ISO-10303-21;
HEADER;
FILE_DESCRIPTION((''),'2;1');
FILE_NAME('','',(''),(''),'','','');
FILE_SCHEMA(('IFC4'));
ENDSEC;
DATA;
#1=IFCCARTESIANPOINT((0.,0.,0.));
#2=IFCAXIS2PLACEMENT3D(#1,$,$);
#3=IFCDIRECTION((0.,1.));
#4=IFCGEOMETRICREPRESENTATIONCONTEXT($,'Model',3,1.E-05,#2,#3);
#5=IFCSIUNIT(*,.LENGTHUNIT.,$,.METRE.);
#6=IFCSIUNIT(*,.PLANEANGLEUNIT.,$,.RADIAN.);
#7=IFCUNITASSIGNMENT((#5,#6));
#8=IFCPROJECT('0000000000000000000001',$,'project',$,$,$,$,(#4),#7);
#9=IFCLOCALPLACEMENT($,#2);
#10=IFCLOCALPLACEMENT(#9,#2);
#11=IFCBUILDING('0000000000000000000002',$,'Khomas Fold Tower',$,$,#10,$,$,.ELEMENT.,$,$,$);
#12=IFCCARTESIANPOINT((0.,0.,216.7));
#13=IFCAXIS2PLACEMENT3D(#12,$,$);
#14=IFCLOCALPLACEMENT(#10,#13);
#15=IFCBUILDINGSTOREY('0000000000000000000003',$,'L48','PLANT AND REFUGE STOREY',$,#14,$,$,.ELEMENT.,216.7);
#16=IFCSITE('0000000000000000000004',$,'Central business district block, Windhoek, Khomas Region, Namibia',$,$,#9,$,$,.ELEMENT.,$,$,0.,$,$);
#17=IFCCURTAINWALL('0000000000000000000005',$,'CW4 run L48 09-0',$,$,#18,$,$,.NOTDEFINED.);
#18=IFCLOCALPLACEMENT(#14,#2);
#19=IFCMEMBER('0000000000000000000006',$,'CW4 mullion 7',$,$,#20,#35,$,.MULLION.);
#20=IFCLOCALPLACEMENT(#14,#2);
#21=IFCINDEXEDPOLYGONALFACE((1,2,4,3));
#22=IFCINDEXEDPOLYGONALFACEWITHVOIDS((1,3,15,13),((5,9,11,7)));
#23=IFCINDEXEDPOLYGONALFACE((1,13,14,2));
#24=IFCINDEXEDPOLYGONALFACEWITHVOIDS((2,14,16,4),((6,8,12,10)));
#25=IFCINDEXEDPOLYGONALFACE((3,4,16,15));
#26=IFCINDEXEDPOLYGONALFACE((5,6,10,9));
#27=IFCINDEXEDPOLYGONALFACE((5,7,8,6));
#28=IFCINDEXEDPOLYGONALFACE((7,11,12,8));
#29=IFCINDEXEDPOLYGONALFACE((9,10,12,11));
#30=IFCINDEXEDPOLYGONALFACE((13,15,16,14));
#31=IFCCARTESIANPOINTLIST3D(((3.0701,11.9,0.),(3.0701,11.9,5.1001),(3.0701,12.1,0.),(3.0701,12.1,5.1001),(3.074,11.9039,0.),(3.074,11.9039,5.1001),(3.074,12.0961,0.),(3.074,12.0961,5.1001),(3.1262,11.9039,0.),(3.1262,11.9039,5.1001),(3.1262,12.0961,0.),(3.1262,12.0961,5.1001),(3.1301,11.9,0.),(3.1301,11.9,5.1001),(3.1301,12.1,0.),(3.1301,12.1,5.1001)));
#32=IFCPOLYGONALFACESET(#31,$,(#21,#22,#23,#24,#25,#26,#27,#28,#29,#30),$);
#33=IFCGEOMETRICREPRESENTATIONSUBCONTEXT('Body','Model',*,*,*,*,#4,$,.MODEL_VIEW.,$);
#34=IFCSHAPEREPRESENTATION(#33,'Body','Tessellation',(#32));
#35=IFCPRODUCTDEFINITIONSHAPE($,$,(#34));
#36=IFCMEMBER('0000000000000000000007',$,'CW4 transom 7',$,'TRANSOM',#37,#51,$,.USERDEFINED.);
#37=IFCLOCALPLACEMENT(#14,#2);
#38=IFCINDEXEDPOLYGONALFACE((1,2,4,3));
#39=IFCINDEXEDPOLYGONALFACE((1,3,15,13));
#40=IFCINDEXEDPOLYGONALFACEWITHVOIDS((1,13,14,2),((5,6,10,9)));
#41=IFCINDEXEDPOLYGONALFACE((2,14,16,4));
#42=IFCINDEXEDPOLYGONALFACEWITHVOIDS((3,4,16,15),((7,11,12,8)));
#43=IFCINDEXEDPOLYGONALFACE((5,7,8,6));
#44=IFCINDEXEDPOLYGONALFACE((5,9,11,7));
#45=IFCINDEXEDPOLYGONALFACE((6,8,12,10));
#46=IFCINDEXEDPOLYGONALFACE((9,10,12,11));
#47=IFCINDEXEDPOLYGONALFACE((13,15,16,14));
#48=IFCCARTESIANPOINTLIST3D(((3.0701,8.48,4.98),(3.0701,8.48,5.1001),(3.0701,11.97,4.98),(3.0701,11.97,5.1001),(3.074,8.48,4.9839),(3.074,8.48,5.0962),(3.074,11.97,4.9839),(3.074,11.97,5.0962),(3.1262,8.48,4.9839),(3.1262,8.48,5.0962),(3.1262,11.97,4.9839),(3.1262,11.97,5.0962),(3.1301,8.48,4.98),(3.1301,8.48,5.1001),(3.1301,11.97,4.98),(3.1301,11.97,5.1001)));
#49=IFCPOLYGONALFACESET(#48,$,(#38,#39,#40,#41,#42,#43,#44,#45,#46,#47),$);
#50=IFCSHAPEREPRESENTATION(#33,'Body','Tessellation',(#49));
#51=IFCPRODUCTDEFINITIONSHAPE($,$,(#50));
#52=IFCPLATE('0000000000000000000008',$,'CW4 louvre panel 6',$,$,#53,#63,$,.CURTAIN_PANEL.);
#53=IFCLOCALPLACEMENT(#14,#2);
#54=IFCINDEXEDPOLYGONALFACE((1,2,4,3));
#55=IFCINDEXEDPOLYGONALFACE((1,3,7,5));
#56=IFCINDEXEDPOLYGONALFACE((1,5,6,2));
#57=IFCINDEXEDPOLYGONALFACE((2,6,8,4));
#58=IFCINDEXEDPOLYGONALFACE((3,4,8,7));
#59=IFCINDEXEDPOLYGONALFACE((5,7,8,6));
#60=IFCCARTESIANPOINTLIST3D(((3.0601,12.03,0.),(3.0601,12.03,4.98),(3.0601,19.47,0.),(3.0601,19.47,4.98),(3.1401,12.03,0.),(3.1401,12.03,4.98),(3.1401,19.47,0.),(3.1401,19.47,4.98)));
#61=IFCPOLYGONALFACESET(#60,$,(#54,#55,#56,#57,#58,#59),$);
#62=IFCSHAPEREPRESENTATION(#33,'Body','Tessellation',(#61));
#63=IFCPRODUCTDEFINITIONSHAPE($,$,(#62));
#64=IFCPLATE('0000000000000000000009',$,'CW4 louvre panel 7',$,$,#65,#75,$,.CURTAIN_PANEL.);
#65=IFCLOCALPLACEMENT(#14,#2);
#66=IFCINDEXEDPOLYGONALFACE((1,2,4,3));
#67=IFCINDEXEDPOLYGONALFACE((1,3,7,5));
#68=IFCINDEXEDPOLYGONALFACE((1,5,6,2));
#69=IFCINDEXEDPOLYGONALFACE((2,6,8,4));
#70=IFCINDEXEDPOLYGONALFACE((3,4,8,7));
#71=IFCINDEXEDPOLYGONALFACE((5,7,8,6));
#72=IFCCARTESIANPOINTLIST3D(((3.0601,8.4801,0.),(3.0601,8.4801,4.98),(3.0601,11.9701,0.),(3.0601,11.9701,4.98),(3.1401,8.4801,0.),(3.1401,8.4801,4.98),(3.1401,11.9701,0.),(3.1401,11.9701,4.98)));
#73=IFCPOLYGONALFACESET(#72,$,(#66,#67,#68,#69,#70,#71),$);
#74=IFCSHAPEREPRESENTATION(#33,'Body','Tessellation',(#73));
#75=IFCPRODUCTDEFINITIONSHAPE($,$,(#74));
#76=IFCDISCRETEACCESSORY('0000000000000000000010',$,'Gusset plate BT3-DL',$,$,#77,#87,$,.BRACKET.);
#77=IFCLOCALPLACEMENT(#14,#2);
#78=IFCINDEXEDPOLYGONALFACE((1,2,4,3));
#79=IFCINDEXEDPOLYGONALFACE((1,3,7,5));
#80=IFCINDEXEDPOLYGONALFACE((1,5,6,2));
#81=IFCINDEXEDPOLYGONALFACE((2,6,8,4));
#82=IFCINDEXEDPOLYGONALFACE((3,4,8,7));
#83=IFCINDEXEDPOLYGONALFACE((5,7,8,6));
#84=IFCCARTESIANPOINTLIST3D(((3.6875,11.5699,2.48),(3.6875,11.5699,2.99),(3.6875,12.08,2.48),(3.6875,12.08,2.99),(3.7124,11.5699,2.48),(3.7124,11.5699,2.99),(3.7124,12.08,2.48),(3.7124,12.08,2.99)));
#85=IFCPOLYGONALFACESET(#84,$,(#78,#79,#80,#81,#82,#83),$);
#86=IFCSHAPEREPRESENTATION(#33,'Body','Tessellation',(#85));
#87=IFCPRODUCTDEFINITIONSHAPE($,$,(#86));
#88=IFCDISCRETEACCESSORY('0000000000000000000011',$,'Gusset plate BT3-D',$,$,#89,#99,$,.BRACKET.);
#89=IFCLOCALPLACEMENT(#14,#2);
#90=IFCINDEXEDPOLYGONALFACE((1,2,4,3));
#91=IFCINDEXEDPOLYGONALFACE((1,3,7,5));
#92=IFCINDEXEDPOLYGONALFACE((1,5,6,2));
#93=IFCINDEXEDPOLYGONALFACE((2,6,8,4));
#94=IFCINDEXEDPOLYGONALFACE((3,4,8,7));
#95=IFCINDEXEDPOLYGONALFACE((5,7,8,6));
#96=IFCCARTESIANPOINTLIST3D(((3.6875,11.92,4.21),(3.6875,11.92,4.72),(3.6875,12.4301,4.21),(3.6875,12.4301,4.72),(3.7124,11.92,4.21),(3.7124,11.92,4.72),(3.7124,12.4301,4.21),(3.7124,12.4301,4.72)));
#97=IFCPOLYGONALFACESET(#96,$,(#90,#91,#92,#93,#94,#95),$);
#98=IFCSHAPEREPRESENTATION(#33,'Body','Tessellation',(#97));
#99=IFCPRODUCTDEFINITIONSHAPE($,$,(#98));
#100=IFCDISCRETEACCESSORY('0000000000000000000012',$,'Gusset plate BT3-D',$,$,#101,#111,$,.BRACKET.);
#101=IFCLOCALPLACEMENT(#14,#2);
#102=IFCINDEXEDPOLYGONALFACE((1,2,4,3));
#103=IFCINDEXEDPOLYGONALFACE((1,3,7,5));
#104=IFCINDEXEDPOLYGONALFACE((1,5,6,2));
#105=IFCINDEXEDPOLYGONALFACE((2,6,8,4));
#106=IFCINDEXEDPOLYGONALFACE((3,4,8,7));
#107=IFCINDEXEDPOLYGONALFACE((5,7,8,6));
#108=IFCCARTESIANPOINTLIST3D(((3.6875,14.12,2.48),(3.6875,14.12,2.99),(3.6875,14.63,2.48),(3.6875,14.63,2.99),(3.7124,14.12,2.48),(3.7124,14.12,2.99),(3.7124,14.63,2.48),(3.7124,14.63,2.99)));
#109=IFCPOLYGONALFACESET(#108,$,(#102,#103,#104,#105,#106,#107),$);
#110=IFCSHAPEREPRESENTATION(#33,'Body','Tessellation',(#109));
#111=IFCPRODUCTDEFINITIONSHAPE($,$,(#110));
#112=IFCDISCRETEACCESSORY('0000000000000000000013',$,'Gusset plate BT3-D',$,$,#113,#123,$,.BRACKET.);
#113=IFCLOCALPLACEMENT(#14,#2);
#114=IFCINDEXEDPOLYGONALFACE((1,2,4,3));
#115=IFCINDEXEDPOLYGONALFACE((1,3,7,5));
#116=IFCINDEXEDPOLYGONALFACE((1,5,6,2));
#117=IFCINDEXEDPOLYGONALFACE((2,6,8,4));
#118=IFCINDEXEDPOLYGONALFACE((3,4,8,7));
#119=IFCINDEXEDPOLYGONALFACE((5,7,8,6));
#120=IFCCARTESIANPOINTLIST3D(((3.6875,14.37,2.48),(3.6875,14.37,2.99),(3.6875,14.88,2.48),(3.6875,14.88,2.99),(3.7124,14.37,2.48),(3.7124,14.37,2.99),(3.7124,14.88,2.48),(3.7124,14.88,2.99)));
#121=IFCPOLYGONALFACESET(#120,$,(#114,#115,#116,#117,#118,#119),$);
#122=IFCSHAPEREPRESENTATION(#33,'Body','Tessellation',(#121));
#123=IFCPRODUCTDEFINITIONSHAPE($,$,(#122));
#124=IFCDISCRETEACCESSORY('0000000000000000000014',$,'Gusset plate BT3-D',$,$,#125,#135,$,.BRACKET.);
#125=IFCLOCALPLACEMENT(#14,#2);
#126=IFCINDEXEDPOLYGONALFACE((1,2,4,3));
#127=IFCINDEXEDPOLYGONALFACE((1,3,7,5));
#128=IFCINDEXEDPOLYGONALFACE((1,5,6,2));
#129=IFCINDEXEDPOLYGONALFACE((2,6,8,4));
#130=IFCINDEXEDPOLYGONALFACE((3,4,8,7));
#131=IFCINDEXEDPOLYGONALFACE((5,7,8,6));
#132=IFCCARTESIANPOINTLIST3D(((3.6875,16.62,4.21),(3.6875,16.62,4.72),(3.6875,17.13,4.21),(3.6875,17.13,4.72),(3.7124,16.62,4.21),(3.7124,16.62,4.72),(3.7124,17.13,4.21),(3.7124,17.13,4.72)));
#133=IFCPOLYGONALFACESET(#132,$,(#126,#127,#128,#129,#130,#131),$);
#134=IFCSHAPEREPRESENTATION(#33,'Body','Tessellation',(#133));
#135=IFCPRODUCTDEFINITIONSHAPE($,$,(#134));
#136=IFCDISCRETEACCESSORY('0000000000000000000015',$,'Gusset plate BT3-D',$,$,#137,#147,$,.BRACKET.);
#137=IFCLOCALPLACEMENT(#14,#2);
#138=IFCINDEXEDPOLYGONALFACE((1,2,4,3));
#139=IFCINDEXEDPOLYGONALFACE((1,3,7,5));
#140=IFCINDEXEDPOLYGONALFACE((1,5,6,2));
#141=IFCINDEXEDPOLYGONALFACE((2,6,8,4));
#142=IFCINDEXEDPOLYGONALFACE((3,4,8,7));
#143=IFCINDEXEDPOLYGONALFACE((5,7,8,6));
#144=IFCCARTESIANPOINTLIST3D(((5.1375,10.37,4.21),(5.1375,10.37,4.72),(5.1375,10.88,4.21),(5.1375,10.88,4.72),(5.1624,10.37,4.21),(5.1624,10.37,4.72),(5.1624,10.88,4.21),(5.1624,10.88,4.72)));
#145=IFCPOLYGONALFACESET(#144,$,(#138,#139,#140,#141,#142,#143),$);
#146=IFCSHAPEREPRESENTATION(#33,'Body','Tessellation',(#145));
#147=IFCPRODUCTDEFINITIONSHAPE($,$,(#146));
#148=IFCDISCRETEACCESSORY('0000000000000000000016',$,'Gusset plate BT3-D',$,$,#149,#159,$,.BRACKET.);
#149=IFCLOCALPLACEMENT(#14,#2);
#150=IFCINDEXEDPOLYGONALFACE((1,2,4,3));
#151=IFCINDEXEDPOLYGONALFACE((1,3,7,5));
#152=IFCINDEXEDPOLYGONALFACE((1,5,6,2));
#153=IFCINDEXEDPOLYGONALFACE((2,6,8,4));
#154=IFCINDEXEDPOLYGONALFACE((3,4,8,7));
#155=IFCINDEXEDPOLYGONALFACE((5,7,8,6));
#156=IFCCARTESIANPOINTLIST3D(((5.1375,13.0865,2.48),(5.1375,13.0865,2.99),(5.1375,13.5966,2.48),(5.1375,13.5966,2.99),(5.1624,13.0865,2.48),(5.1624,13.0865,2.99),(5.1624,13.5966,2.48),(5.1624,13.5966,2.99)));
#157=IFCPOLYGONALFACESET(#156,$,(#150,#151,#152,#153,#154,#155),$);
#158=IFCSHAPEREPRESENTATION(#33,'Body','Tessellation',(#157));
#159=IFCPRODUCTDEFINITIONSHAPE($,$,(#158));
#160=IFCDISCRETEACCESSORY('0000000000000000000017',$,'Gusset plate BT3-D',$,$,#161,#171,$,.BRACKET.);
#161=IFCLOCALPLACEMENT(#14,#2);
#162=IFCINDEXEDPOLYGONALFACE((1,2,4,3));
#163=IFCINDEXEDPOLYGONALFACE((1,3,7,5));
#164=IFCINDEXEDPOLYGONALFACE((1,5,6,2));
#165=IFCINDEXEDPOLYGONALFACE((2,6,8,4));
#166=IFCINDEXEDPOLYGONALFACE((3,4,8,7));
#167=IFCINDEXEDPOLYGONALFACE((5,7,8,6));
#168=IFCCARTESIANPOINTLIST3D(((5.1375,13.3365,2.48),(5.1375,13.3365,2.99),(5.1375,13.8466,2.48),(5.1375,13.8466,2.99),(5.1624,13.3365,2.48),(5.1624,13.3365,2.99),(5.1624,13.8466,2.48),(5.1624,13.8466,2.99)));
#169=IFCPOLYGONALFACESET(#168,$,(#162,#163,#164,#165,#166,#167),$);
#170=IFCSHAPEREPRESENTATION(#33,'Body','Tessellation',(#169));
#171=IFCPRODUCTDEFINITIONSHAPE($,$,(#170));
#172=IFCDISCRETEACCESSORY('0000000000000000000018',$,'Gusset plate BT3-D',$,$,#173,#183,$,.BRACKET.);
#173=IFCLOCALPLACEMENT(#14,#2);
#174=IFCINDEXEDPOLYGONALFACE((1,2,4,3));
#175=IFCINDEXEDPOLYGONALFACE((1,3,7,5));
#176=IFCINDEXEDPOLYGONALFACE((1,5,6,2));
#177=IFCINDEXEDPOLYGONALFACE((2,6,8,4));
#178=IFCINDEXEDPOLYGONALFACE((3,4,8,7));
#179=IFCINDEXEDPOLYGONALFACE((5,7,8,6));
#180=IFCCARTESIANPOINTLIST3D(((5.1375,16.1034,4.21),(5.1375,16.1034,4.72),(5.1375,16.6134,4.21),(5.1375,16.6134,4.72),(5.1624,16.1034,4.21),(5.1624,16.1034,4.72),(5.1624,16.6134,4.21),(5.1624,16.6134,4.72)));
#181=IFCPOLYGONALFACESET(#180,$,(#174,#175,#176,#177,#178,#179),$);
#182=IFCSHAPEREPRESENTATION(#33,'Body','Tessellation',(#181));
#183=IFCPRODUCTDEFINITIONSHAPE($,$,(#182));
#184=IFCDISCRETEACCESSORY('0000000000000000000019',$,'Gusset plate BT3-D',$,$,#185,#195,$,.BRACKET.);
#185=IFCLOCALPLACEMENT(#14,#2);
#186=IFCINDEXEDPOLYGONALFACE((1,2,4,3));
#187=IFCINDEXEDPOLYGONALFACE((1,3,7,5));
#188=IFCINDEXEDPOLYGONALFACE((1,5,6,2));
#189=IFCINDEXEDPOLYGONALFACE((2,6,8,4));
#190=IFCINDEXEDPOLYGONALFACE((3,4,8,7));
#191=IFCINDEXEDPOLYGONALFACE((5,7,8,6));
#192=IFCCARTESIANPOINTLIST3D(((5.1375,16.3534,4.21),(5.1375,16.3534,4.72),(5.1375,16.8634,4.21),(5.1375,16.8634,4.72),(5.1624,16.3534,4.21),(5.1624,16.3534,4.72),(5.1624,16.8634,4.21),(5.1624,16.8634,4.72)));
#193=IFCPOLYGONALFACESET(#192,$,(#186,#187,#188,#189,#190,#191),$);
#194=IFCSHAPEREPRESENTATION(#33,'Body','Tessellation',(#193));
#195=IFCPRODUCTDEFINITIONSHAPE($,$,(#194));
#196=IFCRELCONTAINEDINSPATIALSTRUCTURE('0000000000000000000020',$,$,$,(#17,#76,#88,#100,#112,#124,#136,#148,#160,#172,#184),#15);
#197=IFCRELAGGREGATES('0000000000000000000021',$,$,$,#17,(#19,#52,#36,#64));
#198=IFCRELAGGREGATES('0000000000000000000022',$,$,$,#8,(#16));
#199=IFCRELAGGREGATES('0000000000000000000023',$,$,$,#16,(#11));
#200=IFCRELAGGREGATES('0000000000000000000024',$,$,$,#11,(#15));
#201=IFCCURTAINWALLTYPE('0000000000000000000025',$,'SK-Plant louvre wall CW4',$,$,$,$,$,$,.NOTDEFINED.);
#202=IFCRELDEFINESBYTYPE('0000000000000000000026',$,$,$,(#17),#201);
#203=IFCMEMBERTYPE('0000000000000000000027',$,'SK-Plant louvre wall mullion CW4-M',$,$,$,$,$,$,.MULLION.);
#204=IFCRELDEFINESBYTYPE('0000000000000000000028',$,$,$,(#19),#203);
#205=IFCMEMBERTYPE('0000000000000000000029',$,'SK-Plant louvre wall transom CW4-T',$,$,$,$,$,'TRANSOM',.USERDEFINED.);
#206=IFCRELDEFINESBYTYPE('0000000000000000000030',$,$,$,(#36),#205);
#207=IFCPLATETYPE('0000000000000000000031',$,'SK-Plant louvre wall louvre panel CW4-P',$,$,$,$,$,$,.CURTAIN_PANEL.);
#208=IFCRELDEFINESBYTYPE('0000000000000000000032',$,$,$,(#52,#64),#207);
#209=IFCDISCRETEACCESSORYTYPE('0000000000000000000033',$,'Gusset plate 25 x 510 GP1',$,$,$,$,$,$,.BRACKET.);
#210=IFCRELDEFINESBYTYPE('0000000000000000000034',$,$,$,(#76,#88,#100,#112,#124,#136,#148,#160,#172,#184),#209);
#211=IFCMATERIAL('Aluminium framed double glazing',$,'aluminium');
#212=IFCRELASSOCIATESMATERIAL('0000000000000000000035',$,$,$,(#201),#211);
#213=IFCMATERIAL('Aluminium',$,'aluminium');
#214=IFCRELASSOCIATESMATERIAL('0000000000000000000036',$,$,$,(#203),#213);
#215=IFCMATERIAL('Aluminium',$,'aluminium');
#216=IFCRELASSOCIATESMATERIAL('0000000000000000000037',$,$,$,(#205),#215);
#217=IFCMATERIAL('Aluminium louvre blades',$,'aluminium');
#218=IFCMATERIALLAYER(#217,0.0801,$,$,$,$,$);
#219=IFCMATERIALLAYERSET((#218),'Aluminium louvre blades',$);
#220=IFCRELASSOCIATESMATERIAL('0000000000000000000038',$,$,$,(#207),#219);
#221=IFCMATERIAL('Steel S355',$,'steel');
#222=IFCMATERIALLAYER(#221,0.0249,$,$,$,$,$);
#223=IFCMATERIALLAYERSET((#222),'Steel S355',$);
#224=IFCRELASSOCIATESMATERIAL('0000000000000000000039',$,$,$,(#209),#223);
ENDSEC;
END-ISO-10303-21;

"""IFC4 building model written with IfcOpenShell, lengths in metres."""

from ifc_helpers import new_model, si_unit, direction, frame, origin, origin_2d, place, context, subcontext, project, spatial, rectangle, hollow_rectangle, extrude, source, transform, mapped, material, layer, layer_set, material_profile, profile_set, type_object, element, aggregate, save


model = new_model("IFC4")

# Units and contexts
model_context = context("Model", 3, precision=1e-05, world=origin(), true_north=direction((0.0, 1.0)))
body_context = subcontext(model_context, "Body", "Model", "MODEL_VIEW")
ifc_project = project(units=[si_unit("LENGTHUNIT", "METRE"), si_unit("PLANEANGLEUNIT", "RADIAN")], contexts=[model_context])

# Site, building, storey
site_placement = place(None, origin())
site = spatial("IfcSite", under=ifc_project, at=site_placement, Name="Central business district block, Windhoek, Khomas Region, Namibia", CompositionType="ELEMENT", RefElevation=0.0)
building_placement = place(site_placement, origin())
building = spatial("IfcBuilding", under=site, at=building_placement, Name="Khomas Fold Tower", CompositionType="ELEMENT")
storey_placement = place(building_placement, frame((0.0, 0.0, 216.7)))
storey = spatial("IfcBuildingStorey", under=building, at=storey_placement, Name="L48", Description="PLANT AND REFUGE STOREY", CompositionType="ELEMENT", Elevation=216.7)

# Curtain wall, members, plates
ifc_material_1 = material(Name="Aluminium framed double glazing", Category="aluminium")
curtain_wall_type = type_object("IfcCurtainWallType", Name="SK-Plant louvre wall CW4", PredefinedType="NOTDEFINED", material=ifc_material_1)
curtain_wall_placement = place(storey_placement, origin())
curtain_wall = element("IfcCurtainWall", 1, at=curtain_wall_placement, inside=storey, type_object=curtain_wall_type, Name="CW4 run L48 09-0", PredefinedType="NOTDEFINED")
ifc_material_2 = material(Name="Aluminium", Category="aluminium")
ifc_material_profile_1 = material_profile(ifc_material_2, hollow_rectangle(XDim=0.0601, YDim=0.2, WallThickness=0.0039, at=origin_2d()), Name="SK-Plant louvre wall mullion CW4-M")
ifc_profile_set_1 = profile_set([ifc_material_profile_1], Name="Aluminium")
member_type_1 = type_object("IfcMemberType", Name="SK-Plant louvre wall mullion CW4-M", PredefinedType="MULLION", material=ifc_profile_set_1)
shared_shape_1 = source(origin(), body_context, "Body", "SweptSolid", [
    extrude(hollow_rectangle(XDim=0.0601, YDim=0.2, WallThickness=0.0039, at=origin_2d()), origin(), (0.0, 0.0, 1.0), 5.1001),
])
member_1_placement = place(storey_placement, frame((3.1001, 12.0, 0.0), z_axis=(0.0, 0.0, 1.0), x_axis=(1.0, 0.0, 0.0)))
member_1 = element("IfcMember", 2, at=member_1_placement, type_object=member_type_1, Name="CW4 mullion 7", PredefinedType="MULLION", context=body_context, shape_type="MappedRepresentation", body=[
    mapped(shared_shape_1, transform((0.0, 0.0, 0.0))),
])
ifc_material_3 = material(Name="Aluminium", Category="aluminium")
ifc_material_profile_2 = material_profile(ifc_material_3, hollow_rectangle(XDim=0.0601, YDim=0.1201, WallThickness=0.0039, at=origin_2d()), Name="SK-Plant louvre wall transom CW4-T")
ifc_profile_set_2 = profile_set([ifc_material_profile_2], Name="Aluminium")
member_type_2 = type_object("IfcMemberType", Name="SK-Plant louvre wall transom CW4-T", ElementType="TRANSOM", PredefinedType="USERDEFINED", material=ifc_profile_set_2)
shared_shape_2 = source(origin(), body_context, "Body", "SweptSolid", [
    extrude(hollow_rectangle(XDim=0.0601, YDim=0.1201, WallThickness=0.0039, at=origin_2d()), origin(), (0.0, 0.0, 1.0), 3.49),
])
member_2_placement = place(storey_placement, frame((3.1001, 11.97, 5.04), z_axis=(0.0, -1.0, 0.0), x_axis=(1.0, 0.0, 0.0)))
member_2 = element("IfcMember", 3, at=member_2_placement, type_object=member_type_2, Name="CW4 transom 7", ObjectType="TRANSOM", PredefinedType="USERDEFINED", context=body_context, shape_type="MappedRepresentation", body=[
    mapped(shared_shape_2, transform((0.0, 0.0, 0.0))),
])
ifc_material_4 = material(Name="Aluminium louvre blades", Category="aluminium")
ifc_layer_1 = layer(ifc_material_4, 0.0801)
ifc_layer_set_1 = layer_set([ifc_layer_1], Name="Aluminium louvre blades")
plate_type = type_object("IfcPlateType", Name="SK-Plant louvre wall louvre panel CW4-P", PredefinedType="CURTAIN_PANEL", material=ifc_layer_set_1)
shared_shape_3 = source(origin(), body_context, "Body", "SweptSolid", [
    extrude(rectangle(XDim=7.4399, YDim=0.0801, at=origin_2d()), origin(), (0.0, 0.0, 1.0), 4.98),
])
plate_1_placement = place(storey_placement, frame((3.1001, 15.75, 0.0), z_axis=(0.0, 0.0, 1.0), x_axis=(0.0, -1.0, 0.0)))
plate_1 = element("IfcPlate", 4, at=plate_1_placement, type_object=plate_type, Name="CW4 louvre panel 6", PredefinedType="CURTAIN_PANEL", context=body_context, shape_type="MappedRepresentation", body=[
    mapped(shared_shape_3, transform((0.0, 0.0, 0.0))),
])
shared_shape_4 = source(origin(), body_context, "Body", "SweptSolid", [
    extrude(rectangle(XDim=3.49, YDim=0.0801, at=origin_2d()), origin(), (0.0, 0.0, 1.0), 4.98),
])
plate_2_placement = place(storey_placement, frame((3.1001, 10.2251, 0.0), z_axis=(0.0, 0.0, 1.0), x_axis=(0.0, -1.0, 0.0)))
plate_2 = element("IfcPlate", 5, at=plate_2_placement, type_object=plate_type, Name="CW4 louvre panel 7", PredefinedType="CURTAIN_PANEL", context=body_context, shape_type="MappedRepresentation", body=[
    mapped(shared_shape_4, transform((0.0, 0.0, 0.0))),
])
aggregate(curtain_wall, [member_1, plate_1, member_2, plate_2])

# Discrete accessories
ifc_material_5 = material(Name="Steel S355", Category="steel")
ifc_layer_2 = layer(ifc_material_5, 0.0249)
ifc_layer_set_2 = layer_set([ifc_layer_2], Name="Steel S355")
discrete_accessory_type = type_object("IfcDiscreteAccessoryType", Name="Gusset plate 25 x 510 GP1", PredefinedType="BRACKET", material=ifc_layer_set_2)
shared_shape_5 = source(origin(), body_context, "Body", "SweptSolid", [
    extrude(rectangle(XDim=0.51, YDim=0.0249, at=origin_2d()), origin(), (0.0, 0.0, 1.0), 0.51),
])
for number, where, z_axis, x_axis, name in (
    (6, (3.7, 11.825, 2.48), (0.0, 0.0, 1.0), (0.0, 1.0, 0.0), "Gusset plate BT3-DL"),
    (7, (3.7, 12.175, 4.21), (0.0, 0.0, 1.0), (0.0, 1.0, 0.0), "Gusset plate BT3-D"),
    (8, (3.7, 14.375, 2.48), (0.0, 0.0, 1.0), (0.0, 1.0, 0.0), "Gusset plate BT3-D"),
    (9, (3.7, 14.625, 2.48), (0.0, 0.0, 1.0), (0.0, 1.0, 0.0), "Gusset plate BT3-D"),
    (10, (3.7, 16.875, 4.21), (0.0, 0.0, 1.0), (0.0, 1.0, 0.0), "Gusset plate BT3-D"),
    (11, (5.1499, 10.625, 4.21), (0.0, 0.0, 1.0), (0.0, 1.0, 0.0), "Gusset plate BT3-D"),
    (12, (5.1499, 13.3416, 2.48), (0.0, 0.0, 1.0), (0.0, 1.0, 0.0), "Gusset plate BT3-D"),
    (13, (5.1499, 13.5916, 2.48), (0.0, 0.0, 1.0), (0.0, 1.0, 0.0), "Gusset plate BT3-D"),
    (14, (5.1499, 16.3584, 4.21), (0.0, 0.0, 1.0), (0.0, 1.0, 0.0), "Gusset plate BT3-D"),
    (15, (5.1499, 16.6084, 4.21), (0.0, 0.0, 1.0), (0.0, 1.0, 0.0), "Gusset plate BT3-D"),
):
    element("IfcDiscreteAccessory", number, at=place(storey_placement, frame(where, z_axis=z_axis, x_axis=x_axis)), inside=storey, type_object=discrete_accessory_type, Name=name, PredefinedType="BRACKET", context=body_context, shape_type="MappedRepresentation", body=[
        mapped(shared_shape_5, transform((0.0, 0.0, 0.0))),
    ])

save(model, "model.ifc")
